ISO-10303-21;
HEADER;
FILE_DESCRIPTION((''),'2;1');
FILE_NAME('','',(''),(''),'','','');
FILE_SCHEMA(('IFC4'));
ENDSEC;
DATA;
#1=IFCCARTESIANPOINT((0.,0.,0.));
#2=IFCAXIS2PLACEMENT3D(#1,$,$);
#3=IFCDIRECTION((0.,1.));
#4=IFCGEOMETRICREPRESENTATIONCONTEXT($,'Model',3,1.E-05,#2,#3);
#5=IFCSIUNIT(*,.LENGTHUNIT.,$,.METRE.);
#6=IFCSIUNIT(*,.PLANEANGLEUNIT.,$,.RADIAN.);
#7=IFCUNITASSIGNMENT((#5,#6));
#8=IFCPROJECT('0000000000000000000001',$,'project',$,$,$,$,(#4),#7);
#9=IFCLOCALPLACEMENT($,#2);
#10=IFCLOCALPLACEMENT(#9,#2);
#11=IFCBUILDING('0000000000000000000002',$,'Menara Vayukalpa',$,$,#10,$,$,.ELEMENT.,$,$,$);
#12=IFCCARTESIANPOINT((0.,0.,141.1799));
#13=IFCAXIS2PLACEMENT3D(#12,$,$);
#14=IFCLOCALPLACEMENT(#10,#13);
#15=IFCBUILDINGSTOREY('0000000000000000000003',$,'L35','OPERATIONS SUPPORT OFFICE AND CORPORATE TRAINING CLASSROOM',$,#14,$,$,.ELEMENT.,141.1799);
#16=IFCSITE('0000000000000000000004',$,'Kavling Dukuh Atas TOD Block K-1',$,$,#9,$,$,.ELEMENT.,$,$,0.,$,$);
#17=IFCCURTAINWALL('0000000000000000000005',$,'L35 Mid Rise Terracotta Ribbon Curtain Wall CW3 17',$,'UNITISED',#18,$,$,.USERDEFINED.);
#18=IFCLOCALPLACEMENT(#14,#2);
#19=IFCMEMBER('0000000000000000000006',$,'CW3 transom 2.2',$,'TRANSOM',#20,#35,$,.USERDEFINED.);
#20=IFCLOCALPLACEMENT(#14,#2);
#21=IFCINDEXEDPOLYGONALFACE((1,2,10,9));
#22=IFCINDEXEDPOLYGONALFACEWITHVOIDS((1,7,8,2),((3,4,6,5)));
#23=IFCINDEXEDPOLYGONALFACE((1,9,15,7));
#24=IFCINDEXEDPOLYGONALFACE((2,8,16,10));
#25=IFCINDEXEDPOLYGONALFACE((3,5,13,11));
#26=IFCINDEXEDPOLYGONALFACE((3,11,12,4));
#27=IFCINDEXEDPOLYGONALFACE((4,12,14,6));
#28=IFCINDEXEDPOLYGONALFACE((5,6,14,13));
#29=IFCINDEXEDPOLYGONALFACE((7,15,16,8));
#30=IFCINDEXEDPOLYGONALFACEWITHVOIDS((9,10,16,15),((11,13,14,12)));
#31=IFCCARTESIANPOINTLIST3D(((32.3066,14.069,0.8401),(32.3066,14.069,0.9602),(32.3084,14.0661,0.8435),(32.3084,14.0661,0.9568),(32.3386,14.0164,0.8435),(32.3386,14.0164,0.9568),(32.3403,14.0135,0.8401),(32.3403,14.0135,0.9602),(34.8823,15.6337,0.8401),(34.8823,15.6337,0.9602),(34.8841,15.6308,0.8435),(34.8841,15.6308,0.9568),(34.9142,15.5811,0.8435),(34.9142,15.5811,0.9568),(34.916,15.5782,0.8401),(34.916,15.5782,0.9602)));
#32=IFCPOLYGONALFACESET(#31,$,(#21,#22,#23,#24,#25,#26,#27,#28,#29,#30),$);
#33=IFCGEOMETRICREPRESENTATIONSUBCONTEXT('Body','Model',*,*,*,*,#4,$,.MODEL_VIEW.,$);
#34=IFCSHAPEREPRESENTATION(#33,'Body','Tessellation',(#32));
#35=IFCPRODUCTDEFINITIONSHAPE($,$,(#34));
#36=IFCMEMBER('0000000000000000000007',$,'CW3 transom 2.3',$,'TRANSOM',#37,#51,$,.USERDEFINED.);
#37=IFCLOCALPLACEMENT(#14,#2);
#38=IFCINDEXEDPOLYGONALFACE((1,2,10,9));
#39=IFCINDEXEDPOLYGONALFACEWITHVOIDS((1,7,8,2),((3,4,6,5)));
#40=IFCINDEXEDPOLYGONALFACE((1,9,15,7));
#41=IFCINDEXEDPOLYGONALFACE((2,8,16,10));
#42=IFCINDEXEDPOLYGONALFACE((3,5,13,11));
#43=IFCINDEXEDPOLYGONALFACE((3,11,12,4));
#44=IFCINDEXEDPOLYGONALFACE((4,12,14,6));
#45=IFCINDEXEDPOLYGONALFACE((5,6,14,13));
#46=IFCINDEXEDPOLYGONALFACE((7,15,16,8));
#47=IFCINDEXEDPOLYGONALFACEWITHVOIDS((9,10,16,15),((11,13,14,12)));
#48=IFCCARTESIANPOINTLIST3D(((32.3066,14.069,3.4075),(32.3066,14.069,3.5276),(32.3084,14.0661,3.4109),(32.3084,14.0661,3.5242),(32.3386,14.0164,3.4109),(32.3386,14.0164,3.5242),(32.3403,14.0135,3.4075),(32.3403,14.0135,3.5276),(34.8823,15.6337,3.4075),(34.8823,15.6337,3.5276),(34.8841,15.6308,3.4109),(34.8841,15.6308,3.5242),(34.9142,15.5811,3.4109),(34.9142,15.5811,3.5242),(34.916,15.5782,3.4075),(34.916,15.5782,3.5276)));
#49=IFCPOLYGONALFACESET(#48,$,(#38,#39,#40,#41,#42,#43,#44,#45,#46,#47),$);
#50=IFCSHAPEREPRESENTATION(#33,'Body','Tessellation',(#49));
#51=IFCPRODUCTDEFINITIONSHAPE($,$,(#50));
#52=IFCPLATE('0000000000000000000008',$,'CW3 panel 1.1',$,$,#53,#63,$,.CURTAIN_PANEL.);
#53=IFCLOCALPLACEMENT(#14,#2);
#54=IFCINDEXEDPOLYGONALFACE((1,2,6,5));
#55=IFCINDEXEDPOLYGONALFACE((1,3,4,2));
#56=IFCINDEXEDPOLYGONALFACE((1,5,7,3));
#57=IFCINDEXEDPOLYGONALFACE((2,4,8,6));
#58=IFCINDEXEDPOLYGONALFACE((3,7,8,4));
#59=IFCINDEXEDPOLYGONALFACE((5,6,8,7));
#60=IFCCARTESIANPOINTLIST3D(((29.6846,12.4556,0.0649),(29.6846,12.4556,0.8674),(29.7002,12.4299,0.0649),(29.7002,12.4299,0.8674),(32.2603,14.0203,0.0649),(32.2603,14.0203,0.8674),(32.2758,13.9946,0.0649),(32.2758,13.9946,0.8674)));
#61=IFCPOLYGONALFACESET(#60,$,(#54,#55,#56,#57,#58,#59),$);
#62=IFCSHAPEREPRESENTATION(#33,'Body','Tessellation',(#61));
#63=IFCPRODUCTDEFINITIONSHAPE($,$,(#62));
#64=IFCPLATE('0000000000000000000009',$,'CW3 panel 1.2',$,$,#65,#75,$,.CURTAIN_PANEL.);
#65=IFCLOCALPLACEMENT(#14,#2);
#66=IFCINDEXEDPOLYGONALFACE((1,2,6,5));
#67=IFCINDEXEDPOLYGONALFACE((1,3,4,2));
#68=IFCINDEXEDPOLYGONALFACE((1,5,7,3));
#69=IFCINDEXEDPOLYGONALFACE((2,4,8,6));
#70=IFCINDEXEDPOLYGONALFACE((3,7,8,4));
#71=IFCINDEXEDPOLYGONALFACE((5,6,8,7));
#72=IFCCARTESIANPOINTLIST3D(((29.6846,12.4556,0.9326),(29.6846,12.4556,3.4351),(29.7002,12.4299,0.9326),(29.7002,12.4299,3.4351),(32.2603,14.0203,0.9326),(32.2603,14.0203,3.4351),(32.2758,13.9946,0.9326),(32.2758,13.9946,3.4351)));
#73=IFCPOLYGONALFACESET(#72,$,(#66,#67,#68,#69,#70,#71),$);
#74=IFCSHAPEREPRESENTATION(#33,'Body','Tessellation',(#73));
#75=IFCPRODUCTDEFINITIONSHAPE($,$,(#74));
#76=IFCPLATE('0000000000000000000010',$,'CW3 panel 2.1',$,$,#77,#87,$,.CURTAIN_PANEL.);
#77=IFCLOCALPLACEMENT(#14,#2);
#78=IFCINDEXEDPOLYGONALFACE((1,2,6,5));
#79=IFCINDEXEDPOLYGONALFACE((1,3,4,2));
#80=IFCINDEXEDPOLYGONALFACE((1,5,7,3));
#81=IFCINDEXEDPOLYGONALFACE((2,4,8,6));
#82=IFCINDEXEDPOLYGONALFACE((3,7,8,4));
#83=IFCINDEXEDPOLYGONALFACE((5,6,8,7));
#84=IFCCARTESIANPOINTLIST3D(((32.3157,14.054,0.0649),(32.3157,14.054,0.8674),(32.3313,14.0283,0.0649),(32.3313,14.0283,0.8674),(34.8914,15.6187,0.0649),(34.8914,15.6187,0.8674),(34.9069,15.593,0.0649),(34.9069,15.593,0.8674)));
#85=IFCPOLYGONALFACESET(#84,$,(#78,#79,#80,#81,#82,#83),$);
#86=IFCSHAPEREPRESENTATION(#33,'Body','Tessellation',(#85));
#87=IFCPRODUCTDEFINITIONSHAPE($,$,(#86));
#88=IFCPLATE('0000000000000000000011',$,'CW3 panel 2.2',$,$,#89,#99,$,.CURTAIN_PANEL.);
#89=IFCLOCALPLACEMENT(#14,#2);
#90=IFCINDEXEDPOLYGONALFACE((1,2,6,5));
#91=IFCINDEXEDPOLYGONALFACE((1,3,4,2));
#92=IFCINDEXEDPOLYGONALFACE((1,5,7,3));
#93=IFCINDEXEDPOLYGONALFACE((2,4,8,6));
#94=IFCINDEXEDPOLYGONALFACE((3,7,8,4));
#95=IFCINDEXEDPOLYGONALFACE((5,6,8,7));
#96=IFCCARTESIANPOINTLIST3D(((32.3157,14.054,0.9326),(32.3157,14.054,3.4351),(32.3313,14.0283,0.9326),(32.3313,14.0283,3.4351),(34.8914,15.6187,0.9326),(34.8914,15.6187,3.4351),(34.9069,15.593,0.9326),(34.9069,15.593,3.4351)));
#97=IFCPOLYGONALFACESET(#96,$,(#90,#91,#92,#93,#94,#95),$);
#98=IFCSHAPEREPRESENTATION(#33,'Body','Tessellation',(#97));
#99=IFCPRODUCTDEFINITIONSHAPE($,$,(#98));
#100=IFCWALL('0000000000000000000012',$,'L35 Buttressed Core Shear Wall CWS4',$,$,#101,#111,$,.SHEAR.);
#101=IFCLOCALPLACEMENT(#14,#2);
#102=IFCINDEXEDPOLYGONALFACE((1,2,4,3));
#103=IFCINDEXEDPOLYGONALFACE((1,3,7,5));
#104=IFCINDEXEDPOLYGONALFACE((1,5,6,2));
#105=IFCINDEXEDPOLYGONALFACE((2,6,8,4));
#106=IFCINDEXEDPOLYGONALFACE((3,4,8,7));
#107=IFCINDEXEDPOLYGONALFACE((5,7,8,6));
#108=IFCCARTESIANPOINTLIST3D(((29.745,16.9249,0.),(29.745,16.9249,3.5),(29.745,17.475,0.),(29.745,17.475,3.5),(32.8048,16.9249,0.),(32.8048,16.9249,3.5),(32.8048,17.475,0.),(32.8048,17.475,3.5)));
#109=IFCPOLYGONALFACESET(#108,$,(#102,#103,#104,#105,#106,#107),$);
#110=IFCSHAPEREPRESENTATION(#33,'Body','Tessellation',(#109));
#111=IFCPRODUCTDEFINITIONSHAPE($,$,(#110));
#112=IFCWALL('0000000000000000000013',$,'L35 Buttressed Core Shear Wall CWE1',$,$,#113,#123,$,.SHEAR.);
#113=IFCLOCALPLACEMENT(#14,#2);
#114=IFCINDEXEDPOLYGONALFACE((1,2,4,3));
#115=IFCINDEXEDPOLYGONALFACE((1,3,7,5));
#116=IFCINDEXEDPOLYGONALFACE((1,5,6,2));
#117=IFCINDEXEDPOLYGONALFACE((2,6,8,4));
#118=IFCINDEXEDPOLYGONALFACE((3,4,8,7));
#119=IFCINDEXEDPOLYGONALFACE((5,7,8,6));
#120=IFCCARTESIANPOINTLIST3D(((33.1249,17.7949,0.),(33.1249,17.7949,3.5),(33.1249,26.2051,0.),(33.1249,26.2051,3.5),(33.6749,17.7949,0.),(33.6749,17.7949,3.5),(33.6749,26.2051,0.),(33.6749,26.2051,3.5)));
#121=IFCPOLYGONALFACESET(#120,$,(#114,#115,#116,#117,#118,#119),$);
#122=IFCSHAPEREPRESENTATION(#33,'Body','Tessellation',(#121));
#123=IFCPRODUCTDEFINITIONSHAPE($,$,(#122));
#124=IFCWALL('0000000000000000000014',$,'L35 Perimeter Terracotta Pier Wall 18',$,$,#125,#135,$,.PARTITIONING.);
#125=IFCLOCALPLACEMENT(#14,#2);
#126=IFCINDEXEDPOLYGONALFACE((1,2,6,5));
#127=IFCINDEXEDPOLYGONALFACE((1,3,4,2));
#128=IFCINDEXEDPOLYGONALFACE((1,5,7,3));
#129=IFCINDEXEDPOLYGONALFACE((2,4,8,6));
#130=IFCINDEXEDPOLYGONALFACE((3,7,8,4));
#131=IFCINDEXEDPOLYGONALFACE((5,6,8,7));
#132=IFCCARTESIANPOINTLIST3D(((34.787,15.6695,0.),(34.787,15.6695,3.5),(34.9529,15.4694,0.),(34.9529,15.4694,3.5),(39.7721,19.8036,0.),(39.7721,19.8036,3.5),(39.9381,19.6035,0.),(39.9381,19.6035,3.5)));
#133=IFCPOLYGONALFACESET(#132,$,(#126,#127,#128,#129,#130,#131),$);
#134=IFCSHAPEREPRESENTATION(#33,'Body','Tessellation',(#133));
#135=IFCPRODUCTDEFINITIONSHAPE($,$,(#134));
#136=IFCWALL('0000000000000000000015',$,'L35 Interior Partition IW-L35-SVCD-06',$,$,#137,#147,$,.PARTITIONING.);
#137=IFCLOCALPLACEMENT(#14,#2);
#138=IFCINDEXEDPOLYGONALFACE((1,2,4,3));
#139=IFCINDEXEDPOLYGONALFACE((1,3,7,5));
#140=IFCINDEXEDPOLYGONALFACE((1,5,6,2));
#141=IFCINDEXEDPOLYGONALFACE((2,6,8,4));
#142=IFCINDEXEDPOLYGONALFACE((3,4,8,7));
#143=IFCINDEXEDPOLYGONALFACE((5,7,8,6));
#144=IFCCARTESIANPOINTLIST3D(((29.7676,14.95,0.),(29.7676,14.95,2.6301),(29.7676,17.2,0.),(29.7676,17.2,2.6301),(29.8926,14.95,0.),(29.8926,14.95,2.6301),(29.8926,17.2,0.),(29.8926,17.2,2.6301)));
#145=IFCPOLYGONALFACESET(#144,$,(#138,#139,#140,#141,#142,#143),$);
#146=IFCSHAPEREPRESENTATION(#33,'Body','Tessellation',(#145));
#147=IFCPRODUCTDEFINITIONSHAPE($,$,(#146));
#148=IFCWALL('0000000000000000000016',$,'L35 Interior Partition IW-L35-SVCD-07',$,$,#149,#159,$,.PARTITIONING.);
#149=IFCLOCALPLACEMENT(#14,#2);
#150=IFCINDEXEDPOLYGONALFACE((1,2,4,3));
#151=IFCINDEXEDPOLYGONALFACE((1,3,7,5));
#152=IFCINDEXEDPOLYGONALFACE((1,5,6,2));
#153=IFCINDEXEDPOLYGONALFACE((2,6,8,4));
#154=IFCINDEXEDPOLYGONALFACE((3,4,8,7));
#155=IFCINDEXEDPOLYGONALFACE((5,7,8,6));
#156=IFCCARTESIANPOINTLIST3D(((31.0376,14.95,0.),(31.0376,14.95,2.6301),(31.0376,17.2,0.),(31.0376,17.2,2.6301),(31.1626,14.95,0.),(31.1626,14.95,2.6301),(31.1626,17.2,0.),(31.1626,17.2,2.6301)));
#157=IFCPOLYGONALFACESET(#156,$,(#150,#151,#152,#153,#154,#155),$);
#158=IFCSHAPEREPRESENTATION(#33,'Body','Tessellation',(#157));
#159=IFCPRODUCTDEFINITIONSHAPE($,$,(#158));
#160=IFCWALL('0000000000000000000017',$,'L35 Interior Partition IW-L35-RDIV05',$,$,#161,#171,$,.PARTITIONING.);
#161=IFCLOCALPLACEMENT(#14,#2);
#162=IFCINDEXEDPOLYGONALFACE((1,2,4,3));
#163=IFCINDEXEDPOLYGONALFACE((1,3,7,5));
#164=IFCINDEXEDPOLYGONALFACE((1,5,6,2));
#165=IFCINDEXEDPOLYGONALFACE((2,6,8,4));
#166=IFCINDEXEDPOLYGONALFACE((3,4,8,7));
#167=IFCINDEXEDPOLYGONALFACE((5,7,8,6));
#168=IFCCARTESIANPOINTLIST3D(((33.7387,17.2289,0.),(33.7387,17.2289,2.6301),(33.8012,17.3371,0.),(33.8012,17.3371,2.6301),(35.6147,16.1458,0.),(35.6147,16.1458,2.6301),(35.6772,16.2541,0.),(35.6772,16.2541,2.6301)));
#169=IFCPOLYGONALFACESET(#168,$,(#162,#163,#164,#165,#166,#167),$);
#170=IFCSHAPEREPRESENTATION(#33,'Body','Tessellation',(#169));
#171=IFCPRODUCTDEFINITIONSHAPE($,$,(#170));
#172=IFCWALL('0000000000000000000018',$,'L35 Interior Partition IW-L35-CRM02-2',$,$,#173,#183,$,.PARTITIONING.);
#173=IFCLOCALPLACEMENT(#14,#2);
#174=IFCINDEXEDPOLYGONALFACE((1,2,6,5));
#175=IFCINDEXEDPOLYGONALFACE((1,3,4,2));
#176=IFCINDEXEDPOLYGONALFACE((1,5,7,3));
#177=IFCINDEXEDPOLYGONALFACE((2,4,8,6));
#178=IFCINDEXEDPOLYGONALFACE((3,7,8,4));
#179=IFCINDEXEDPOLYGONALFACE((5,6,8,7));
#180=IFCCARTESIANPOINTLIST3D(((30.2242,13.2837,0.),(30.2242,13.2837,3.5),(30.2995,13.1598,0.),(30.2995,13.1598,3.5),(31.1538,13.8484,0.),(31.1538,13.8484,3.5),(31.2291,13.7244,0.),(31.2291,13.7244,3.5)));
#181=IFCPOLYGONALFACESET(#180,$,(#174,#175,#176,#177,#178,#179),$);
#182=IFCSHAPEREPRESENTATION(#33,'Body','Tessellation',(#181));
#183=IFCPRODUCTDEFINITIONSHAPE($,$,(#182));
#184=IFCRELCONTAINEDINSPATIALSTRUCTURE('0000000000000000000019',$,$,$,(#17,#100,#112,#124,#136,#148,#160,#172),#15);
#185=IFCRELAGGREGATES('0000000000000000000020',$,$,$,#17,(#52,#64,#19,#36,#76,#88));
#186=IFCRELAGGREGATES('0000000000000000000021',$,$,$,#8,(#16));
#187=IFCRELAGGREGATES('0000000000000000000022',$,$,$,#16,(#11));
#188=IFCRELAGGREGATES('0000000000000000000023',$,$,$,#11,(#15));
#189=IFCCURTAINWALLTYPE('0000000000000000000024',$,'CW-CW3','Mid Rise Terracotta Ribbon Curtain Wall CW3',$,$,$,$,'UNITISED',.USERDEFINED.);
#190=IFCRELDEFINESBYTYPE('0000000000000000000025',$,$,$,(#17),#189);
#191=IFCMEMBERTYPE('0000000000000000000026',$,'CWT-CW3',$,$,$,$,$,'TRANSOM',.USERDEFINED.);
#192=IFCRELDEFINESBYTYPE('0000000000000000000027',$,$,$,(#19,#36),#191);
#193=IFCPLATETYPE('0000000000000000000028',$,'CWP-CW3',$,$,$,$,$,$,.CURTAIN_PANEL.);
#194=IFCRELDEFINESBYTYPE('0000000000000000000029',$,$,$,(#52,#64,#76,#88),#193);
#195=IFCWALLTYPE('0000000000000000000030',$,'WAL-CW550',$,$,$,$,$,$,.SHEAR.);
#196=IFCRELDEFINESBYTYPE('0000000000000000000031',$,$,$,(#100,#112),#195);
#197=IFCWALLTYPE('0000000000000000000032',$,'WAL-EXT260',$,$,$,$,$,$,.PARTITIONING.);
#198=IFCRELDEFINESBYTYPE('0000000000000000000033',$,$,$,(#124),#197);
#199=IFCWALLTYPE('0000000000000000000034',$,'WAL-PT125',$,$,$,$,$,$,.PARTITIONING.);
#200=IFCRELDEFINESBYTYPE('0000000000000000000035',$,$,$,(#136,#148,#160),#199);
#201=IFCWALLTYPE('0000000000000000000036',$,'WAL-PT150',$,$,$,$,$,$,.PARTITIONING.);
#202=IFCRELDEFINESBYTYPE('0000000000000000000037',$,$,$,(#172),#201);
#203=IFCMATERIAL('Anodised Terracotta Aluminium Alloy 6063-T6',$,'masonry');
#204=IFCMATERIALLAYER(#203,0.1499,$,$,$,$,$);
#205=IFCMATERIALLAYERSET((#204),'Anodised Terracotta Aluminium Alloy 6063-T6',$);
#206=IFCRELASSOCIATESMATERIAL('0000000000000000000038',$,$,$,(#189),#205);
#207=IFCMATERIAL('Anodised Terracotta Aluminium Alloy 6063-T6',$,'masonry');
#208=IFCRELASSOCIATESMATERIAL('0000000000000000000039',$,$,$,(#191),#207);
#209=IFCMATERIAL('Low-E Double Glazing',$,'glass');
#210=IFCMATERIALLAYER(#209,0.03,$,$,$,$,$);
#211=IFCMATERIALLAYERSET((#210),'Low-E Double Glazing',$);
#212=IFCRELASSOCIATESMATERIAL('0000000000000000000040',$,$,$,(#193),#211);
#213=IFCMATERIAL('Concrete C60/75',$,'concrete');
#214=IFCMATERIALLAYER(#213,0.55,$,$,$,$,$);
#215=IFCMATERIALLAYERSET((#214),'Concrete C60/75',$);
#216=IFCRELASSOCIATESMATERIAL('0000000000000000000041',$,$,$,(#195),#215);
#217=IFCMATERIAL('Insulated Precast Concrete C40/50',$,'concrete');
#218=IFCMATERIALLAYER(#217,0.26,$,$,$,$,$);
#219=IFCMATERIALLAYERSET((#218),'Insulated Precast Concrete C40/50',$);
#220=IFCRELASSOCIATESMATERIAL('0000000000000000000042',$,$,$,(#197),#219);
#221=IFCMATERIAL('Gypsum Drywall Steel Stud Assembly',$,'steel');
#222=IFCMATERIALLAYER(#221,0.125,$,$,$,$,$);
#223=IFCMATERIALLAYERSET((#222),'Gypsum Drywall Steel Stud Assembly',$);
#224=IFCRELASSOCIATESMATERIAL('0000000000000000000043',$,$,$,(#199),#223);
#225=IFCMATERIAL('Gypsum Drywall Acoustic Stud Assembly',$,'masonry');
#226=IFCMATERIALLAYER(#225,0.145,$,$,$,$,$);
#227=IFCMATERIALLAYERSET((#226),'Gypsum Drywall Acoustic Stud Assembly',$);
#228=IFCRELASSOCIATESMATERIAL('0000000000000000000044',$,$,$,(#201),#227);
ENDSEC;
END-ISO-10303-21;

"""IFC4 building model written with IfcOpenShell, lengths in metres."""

from ifc_helpers import new_model, si_unit, direction, frame, frame_2d, origin, origin_2d, place, context, subcontext, project, spatial, rectangle, hollow_rectangle, extrude, material, layer, layer_set, material_profile, profile_set, type_object, element, aggregate, save


model = new_model("IFC4")

# Units and contexts
model_context = context("Model", 3, precision=1e-05, world=origin(), true_north=direction((0.0, 1.0)))
body_context = subcontext(model_context, "Body", "Model", "MODEL_VIEW")
ifc_project = project(units=[si_unit("LENGTHUNIT", "METRE"), si_unit("PLANEANGLEUNIT", "RADIAN")], contexts=[model_context])

# Site, building, storey
site_placement = place(None, origin())
site = spatial("IfcSite", under=ifc_project, at=site_placement, Name="Kavling Dukuh Atas TOD Block K-1", CompositionType="ELEMENT", RefElevation=0.0)
building_placement = place(site_placement, origin())
building = spatial("IfcBuilding", under=site, at=building_placement, Name="Menara Vayukalpa", CompositionType="ELEMENT")
storey_placement = place(building_placement, frame((0.0, 0.0, 141.1799)))
storey = spatial("IfcBuildingStorey", under=building, at=storey_placement, Name="L35", Description="OPERATIONS SUPPORT OFFICE AND CORPORATE TRAINING CLASSROOM", CompositionType="ELEMENT", Elevation=141.1799)

# Curtain wall, members, plates
ifc_material_1 = material(Name="Anodised Terracotta Aluminium Alloy 6063-T6", Category="masonry")
ifc_layer_1 = layer(ifc_material_1, 0.1499)
ifc_layer_set_1 = layer_set([ifc_layer_1], Name="Anodised Terracotta Aluminium Alloy 6063-T6")
curtain_wall_type = type_object("IfcCurtainWallType", Name="CW-CW3", Description="Mid Rise Terracotta Ribbon Curtain Wall CW3", ElementType="UNITISED", PredefinedType="USERDEFINED", material=ifc_layer_set_1)
curtain_wall_placement = place(storey_placement, origin())
curtain_wall = element("IfcCurtainWall", 1, at=curtain_wall_placement, inside=storey, type_object=curtain_wall_type, Name="L35 Mid Rise Terracotta Ribbon Curtain Wall CW3 17", ObjectType="UNITISED", PredefinedType="USERDEFINED")
ifc_material_2 = material(Name="Anodised Terracotta Aluminium Alloy 6063-T6", Category="masonry")
ifc_material_profile_1 = material_profile(ifc_material_2, hollow_rectangle(XDim=0.0649, YDim=0.1201, WallThickness=0.0034, at=origin_2d()), Name="ALU 65x120x3.5")
ifc_profile_set_1 = profile_set([ifc_material_profile_1], Name="Anodised Terracotta Aluminium Alloy 6063-T6")
member_type_1 = type_object("IfcMemberType", Name="CWT-CW3", ElementType="TRANSOM", PredefinedType="USERDEFINED", material=ifc_profile_set_1)
member_1_placement = place(storey_placement, frame((32.3235, 14.0413, 0.9001), z_axis=(0.854657, 0.519194, 0.0), x_axis=(-0.519194, 0.854657, 0.0)))
member_1 = element("IfcMember", 2, at=member_1_placement, type_object=member_type_1, Name="CW3 transom 2.2", ObjectType="TRANSOM", PredefinedType="USERDEFINED", context=body_context, shape_type="SweptSolid", body=[
    extrude(hollow_rectangle(XDim=0.0649, YDim=0.1201, WallThickness=0.0034, at=origin_2d()), origin(), (0.0, 0.0, 1.0), 3.0137),
])
member_2_placement = place(storey_placement, frame((32.3235, 14.0413, 3.4675), z_axis=(0.854657, 0.519194, 0.0), x_axis=(-0.519194, 0.854657, 0.0)))
member_2 = element("IfcMember", 3, at=member_2_placement, type_object=member_type_1, Name="CW3 transom 2.3", ObjectType="TRANSOM", PredefinedType="USERDEFINED", context=body_context, shape_type="SweptSolid", body=[
    extrude(hollow_rectangle(XDim=0.0649, YDim=0.1201, WallThickness=0.0034, at=origin_2d()), origin(), (0.0, 0.0, 1.0), 3.0137),
])
ifc_material_3 = material(Name="Low-E Double Glazing", Category="glass")
ifc_layer_2 = layer(ifc_material_3, 0.03)
ifc_layer_set_2 = layer_set([ifc_layer_2], Name="Low-E Double Glazing")
plate_type = type_object("IfcPlateType", Name="CWP-CW3", PredefinedType="CURTAIN_PANEL", material=ifc_layer_set_2)
plate_1_placement = place(storey_placement, frame((30.9802, 13.2251, 0.0649), z_axis=(0.0, 0.0, 1.0), x_axis=(0.854655, 0.519196, 0.0)))
plate_1 = element("IfcPlate", 4, at=plate_1_placement, type_object=plate_type, Name="CW3 panel 1.1", PredefinedType="CURTAIN_PANEL", context=body_context, shape_type="SweptSolid", body=[
    extrude(rectangle(XDim=3.0137, YDim=0.03, at=origin_2d()), origin(), (0.0, 0.0, 1.0), 0.8025),
])
plate_2_placement = place(storey_placement, frame((30.9802, 13.2251, 0.9326), z_axis=(0.0, 0.0, 1.0), x_axis=(0.854655, 0.519196, 0.0)))
plate_2 = element("IfcPlate", 5, at=plate_2_placement, type_object=plate_type, Name="CW3 panel 1.2", PredefinedType="CURTAIN_PANEL", context=body_context, shape_type="SweptSolid", body=[
    extrude(rectangle(XDim=3.0137, YDim=0.03, at=origin_2d()), origin(), (0.0, 0.0, 1.0), 2.5024),
])
plate_3_placement = place(storey_placement, frame((33.6113, 14.8235, 0.0649), z_axis=(0.0, 0.0, 1.0), x_axis=(0.854655, 0.519196, 0.0)))
plate_3 = element("IfcPlate", 6, at=plate_3_placement, type_object=plate_type, Name="CW3 panel 2.1", PredefinedType="CURTAIN_PANEL", context=body_context, shape_type="SweptSolid", body=[
    extrude(rectangle(XDim=3.0137, YDim=0.03, at=origin_2d()), origin(), (0.0, 0.0, 1.0), 0.8025),
])
plate_4_placement = place(storey_placement, frame((33.6113, 14.8235, 0.9326), z_axis=(0.0, 0.0, 1.0), x_axis=(0.854655, 0.519196, 0.0)))
plate_4 = element("IfcPlate", 7, at=plate_4_placement, type_object=plate_type, Name="CW3 panel 2.2", PredefinedType="CURTAIN_PANEL", context=body_context, shape_type="SweptSolid", body=[
    extrude(rectangle(XDim=3.0137, YDim=0.03, at=origin_2d()), origin(), (0.0, 0.0, 1.0), 2.5024),
])
aggregate(curtain_wall, [plate_1, plate_2, member_1, member_2, plate_3, plate_4])

# Walls
ifc_material_4 = material(Name="Concrete C60/75", Category="concrete")
ifc_layer_3 = layer(ifc_material_4, 0.55)
ifc_layer_set_3 = layer_set([ifc_layer_3], Name="Concrete C60/75")
wall_type_1 = type_object("IfcWallType", Name="WAL-CW550", PredefinedType="SHEAR", material=ifc_layer_set_3)
wall_1_placement = place(storey_placement, frame((29.7451, 17.2, 0.0), z_axis=(0.0, 0.0, 1.0), x_axis=(1.0, 0.0, 0.0)))
element("IfcWall", 8, at=wall_1_placement, inside=storey, type_object=wall_type_1, Name="L35 Buttressed Core Shear Wall CWS4", PredefinedType="SHEAR", context=body_context, shape_type="SweptSolid", body=[
    extrude(rectangle(XDim=3.0598, YDim=0.55, at=frame_2d((1.5298, 0.0))), origin(), (0.0, 0.0, 1.0), 3.5),
])
wall_2_placement = place(storey_placement, frame((33.3999, 17.7949, 0.0), z_axis=(0.0, 0.0, 1.0), x_axis=(0.0, 1.0, 0.0)))
element("IfcWall", 9, at=wall_2_placement, inside=storey, type_object=wall_type_1, Name="L35 Buttressed Core Shear Wall CWE1", PredefinedType="SHEAR", context=body_context, shape_type="SweptSolid", body=[
    extrude(rectangle(XDim=8.4102, YDim=0.55, at=frame_2d((4.2051, 0.0))), origin(), (0.0, 0.0, 1.0), 3.5),
])
ifc_material_5 = material(Name="Insulated Precast Concrete C40/50", Category="concrete")
ifc_layer_4 = layer(ifc_material_5, 0.26)
ifc_layer_set_4 = layer_set([ifc_layer_4], Name="Insulated Precast Concrete C40/50")
wall_type_2 = type_object("IfcWallType", Name="WAL-EXT260", PredefinedType="PARTITIONING", material=ifc_layer_set_4)
wall_3_placement = place(storey_placement, frame((39.8552, 19.7036, 0.0), z_axis=(0.0, 0.0, 1.0), x_axis=(-0.769755, -0.63834, 0.0)))
element("IfcWall", 10, at=wall_3_placement, inside=storey, type_object=wall_type_2, Name="L35 Perimeter Terracotta Pier Wall 18", PredefinedType="PARTITIONING", context=body_context, shape_type="SweptSolid", body=[
    extrude(rectangle(XDim=6.4763, YDim=0.26, at=frame_2d((3.2383, 0.0))), origin(), (0.0, 0.0, 1.0), 3.5),
])
ifc_material_6 = material(Name="Gypsum Drywall Steel Stud Assembly", Category="steel")
ifc_layer_5 = layer(ifc_material_6, 0.125)
ifc_layer_set_5 = layer_set([ifc_layer_5], Name="Gypsum Drywall Steel Stud Assembly")
wall_type_3 = type_object("IfcWallType", Name="WAL-PT125", PredefinedType="PARTITIONING", material=ifc_layer_set_5)
for number, where, z_axis, x_axis, name in (
    (11, (29.8301, 14.95, 0.0), (0.0, 0.0, 1.0), (0.0, 1.0, 0.0), "L35 Interior Partition IW-L35-SVCD-06"),
    (12, (31.1001, 14.95, 0.0), (0.0, 0.0, 1.0), (0.0, 1.0, 0.0), "L35 Interior Partition IW-L35-SVCD-07"),
):
    element("IfcWall", number, at=place(storey_placement, frame(where, z_axis=z_axis, x_axis=x_axis)), inside=storey, type_object=wall_type_3, Name=name, PredefinedType="PARTITIONING", context=body_context, shape_type="SweptSolid", body=[
        extrude(rectangle(XDim=2.25, YDim=0.125, at=frame_2d((1.125, 0.0))), origin(), (0.0, 0.0, 1.0), 2.6301),
    ])
wall_4_placement = place(storey_placement, frame((33.77, 17.283, 0.0), z_axis=(0.0, 0.0, 1.0), x_axis=(0.866043, -0.49997, 0.0)))
element("IfcWall", 13, at=wall_4_placement, inside=storey, type_object=wall_type_3, Name="L35 Interior Partition IW-L35-RDIV05", PredefinedType="PARTITIONING", context=body_context, shape_type="SweptSolid", body=[
    extrude(rectangle(XDim=2.1663, YDim=0.125, at=frame_2d((1.083, 0.0))), origin(), (0.0, 0.0, 1.0), 2.6301),
])
ifc_material_7 = material(Name="Gypsum Drywall Acoustic Stud Assembly", Category="masonry")
ifc_layer_6 = layer(ifc_material_7, 0.145)
ifc_layer_set_6 = layer_set([ifc_layer_6], Name="Gypsum Drywall Acoustic Stud Assembly")
wall_type_4 = type_object("IfcWallType", Name="WAL-PT150", PredefinedType="PARTITIONING", material=ifc_layer_set_6)
wall_5_placement = place(storey_placement, frame((30.2617, 13.2217, 0.0), z_axis=(0.0, 0.0, 1.0), x_axis=(0.854688, 0.519142, 0.0)))
element("IfcWall", 14, at=wall_5_placement, inside=storey, type_object=wall_type_4, Name="L35 Interior Partition IW-L35-CRM02-2", PredefinedType="PARTITIONING", context=body_context, shape_type="SweptSolid", body=[
    extrude(rectangle(XDim=1.0876, YDim=0.145, at=frame_2d((0.5439, 0.0))), origin(), (0.0, 0.0, 1.0), 3.5),
])

save(model, "model.ifc")
